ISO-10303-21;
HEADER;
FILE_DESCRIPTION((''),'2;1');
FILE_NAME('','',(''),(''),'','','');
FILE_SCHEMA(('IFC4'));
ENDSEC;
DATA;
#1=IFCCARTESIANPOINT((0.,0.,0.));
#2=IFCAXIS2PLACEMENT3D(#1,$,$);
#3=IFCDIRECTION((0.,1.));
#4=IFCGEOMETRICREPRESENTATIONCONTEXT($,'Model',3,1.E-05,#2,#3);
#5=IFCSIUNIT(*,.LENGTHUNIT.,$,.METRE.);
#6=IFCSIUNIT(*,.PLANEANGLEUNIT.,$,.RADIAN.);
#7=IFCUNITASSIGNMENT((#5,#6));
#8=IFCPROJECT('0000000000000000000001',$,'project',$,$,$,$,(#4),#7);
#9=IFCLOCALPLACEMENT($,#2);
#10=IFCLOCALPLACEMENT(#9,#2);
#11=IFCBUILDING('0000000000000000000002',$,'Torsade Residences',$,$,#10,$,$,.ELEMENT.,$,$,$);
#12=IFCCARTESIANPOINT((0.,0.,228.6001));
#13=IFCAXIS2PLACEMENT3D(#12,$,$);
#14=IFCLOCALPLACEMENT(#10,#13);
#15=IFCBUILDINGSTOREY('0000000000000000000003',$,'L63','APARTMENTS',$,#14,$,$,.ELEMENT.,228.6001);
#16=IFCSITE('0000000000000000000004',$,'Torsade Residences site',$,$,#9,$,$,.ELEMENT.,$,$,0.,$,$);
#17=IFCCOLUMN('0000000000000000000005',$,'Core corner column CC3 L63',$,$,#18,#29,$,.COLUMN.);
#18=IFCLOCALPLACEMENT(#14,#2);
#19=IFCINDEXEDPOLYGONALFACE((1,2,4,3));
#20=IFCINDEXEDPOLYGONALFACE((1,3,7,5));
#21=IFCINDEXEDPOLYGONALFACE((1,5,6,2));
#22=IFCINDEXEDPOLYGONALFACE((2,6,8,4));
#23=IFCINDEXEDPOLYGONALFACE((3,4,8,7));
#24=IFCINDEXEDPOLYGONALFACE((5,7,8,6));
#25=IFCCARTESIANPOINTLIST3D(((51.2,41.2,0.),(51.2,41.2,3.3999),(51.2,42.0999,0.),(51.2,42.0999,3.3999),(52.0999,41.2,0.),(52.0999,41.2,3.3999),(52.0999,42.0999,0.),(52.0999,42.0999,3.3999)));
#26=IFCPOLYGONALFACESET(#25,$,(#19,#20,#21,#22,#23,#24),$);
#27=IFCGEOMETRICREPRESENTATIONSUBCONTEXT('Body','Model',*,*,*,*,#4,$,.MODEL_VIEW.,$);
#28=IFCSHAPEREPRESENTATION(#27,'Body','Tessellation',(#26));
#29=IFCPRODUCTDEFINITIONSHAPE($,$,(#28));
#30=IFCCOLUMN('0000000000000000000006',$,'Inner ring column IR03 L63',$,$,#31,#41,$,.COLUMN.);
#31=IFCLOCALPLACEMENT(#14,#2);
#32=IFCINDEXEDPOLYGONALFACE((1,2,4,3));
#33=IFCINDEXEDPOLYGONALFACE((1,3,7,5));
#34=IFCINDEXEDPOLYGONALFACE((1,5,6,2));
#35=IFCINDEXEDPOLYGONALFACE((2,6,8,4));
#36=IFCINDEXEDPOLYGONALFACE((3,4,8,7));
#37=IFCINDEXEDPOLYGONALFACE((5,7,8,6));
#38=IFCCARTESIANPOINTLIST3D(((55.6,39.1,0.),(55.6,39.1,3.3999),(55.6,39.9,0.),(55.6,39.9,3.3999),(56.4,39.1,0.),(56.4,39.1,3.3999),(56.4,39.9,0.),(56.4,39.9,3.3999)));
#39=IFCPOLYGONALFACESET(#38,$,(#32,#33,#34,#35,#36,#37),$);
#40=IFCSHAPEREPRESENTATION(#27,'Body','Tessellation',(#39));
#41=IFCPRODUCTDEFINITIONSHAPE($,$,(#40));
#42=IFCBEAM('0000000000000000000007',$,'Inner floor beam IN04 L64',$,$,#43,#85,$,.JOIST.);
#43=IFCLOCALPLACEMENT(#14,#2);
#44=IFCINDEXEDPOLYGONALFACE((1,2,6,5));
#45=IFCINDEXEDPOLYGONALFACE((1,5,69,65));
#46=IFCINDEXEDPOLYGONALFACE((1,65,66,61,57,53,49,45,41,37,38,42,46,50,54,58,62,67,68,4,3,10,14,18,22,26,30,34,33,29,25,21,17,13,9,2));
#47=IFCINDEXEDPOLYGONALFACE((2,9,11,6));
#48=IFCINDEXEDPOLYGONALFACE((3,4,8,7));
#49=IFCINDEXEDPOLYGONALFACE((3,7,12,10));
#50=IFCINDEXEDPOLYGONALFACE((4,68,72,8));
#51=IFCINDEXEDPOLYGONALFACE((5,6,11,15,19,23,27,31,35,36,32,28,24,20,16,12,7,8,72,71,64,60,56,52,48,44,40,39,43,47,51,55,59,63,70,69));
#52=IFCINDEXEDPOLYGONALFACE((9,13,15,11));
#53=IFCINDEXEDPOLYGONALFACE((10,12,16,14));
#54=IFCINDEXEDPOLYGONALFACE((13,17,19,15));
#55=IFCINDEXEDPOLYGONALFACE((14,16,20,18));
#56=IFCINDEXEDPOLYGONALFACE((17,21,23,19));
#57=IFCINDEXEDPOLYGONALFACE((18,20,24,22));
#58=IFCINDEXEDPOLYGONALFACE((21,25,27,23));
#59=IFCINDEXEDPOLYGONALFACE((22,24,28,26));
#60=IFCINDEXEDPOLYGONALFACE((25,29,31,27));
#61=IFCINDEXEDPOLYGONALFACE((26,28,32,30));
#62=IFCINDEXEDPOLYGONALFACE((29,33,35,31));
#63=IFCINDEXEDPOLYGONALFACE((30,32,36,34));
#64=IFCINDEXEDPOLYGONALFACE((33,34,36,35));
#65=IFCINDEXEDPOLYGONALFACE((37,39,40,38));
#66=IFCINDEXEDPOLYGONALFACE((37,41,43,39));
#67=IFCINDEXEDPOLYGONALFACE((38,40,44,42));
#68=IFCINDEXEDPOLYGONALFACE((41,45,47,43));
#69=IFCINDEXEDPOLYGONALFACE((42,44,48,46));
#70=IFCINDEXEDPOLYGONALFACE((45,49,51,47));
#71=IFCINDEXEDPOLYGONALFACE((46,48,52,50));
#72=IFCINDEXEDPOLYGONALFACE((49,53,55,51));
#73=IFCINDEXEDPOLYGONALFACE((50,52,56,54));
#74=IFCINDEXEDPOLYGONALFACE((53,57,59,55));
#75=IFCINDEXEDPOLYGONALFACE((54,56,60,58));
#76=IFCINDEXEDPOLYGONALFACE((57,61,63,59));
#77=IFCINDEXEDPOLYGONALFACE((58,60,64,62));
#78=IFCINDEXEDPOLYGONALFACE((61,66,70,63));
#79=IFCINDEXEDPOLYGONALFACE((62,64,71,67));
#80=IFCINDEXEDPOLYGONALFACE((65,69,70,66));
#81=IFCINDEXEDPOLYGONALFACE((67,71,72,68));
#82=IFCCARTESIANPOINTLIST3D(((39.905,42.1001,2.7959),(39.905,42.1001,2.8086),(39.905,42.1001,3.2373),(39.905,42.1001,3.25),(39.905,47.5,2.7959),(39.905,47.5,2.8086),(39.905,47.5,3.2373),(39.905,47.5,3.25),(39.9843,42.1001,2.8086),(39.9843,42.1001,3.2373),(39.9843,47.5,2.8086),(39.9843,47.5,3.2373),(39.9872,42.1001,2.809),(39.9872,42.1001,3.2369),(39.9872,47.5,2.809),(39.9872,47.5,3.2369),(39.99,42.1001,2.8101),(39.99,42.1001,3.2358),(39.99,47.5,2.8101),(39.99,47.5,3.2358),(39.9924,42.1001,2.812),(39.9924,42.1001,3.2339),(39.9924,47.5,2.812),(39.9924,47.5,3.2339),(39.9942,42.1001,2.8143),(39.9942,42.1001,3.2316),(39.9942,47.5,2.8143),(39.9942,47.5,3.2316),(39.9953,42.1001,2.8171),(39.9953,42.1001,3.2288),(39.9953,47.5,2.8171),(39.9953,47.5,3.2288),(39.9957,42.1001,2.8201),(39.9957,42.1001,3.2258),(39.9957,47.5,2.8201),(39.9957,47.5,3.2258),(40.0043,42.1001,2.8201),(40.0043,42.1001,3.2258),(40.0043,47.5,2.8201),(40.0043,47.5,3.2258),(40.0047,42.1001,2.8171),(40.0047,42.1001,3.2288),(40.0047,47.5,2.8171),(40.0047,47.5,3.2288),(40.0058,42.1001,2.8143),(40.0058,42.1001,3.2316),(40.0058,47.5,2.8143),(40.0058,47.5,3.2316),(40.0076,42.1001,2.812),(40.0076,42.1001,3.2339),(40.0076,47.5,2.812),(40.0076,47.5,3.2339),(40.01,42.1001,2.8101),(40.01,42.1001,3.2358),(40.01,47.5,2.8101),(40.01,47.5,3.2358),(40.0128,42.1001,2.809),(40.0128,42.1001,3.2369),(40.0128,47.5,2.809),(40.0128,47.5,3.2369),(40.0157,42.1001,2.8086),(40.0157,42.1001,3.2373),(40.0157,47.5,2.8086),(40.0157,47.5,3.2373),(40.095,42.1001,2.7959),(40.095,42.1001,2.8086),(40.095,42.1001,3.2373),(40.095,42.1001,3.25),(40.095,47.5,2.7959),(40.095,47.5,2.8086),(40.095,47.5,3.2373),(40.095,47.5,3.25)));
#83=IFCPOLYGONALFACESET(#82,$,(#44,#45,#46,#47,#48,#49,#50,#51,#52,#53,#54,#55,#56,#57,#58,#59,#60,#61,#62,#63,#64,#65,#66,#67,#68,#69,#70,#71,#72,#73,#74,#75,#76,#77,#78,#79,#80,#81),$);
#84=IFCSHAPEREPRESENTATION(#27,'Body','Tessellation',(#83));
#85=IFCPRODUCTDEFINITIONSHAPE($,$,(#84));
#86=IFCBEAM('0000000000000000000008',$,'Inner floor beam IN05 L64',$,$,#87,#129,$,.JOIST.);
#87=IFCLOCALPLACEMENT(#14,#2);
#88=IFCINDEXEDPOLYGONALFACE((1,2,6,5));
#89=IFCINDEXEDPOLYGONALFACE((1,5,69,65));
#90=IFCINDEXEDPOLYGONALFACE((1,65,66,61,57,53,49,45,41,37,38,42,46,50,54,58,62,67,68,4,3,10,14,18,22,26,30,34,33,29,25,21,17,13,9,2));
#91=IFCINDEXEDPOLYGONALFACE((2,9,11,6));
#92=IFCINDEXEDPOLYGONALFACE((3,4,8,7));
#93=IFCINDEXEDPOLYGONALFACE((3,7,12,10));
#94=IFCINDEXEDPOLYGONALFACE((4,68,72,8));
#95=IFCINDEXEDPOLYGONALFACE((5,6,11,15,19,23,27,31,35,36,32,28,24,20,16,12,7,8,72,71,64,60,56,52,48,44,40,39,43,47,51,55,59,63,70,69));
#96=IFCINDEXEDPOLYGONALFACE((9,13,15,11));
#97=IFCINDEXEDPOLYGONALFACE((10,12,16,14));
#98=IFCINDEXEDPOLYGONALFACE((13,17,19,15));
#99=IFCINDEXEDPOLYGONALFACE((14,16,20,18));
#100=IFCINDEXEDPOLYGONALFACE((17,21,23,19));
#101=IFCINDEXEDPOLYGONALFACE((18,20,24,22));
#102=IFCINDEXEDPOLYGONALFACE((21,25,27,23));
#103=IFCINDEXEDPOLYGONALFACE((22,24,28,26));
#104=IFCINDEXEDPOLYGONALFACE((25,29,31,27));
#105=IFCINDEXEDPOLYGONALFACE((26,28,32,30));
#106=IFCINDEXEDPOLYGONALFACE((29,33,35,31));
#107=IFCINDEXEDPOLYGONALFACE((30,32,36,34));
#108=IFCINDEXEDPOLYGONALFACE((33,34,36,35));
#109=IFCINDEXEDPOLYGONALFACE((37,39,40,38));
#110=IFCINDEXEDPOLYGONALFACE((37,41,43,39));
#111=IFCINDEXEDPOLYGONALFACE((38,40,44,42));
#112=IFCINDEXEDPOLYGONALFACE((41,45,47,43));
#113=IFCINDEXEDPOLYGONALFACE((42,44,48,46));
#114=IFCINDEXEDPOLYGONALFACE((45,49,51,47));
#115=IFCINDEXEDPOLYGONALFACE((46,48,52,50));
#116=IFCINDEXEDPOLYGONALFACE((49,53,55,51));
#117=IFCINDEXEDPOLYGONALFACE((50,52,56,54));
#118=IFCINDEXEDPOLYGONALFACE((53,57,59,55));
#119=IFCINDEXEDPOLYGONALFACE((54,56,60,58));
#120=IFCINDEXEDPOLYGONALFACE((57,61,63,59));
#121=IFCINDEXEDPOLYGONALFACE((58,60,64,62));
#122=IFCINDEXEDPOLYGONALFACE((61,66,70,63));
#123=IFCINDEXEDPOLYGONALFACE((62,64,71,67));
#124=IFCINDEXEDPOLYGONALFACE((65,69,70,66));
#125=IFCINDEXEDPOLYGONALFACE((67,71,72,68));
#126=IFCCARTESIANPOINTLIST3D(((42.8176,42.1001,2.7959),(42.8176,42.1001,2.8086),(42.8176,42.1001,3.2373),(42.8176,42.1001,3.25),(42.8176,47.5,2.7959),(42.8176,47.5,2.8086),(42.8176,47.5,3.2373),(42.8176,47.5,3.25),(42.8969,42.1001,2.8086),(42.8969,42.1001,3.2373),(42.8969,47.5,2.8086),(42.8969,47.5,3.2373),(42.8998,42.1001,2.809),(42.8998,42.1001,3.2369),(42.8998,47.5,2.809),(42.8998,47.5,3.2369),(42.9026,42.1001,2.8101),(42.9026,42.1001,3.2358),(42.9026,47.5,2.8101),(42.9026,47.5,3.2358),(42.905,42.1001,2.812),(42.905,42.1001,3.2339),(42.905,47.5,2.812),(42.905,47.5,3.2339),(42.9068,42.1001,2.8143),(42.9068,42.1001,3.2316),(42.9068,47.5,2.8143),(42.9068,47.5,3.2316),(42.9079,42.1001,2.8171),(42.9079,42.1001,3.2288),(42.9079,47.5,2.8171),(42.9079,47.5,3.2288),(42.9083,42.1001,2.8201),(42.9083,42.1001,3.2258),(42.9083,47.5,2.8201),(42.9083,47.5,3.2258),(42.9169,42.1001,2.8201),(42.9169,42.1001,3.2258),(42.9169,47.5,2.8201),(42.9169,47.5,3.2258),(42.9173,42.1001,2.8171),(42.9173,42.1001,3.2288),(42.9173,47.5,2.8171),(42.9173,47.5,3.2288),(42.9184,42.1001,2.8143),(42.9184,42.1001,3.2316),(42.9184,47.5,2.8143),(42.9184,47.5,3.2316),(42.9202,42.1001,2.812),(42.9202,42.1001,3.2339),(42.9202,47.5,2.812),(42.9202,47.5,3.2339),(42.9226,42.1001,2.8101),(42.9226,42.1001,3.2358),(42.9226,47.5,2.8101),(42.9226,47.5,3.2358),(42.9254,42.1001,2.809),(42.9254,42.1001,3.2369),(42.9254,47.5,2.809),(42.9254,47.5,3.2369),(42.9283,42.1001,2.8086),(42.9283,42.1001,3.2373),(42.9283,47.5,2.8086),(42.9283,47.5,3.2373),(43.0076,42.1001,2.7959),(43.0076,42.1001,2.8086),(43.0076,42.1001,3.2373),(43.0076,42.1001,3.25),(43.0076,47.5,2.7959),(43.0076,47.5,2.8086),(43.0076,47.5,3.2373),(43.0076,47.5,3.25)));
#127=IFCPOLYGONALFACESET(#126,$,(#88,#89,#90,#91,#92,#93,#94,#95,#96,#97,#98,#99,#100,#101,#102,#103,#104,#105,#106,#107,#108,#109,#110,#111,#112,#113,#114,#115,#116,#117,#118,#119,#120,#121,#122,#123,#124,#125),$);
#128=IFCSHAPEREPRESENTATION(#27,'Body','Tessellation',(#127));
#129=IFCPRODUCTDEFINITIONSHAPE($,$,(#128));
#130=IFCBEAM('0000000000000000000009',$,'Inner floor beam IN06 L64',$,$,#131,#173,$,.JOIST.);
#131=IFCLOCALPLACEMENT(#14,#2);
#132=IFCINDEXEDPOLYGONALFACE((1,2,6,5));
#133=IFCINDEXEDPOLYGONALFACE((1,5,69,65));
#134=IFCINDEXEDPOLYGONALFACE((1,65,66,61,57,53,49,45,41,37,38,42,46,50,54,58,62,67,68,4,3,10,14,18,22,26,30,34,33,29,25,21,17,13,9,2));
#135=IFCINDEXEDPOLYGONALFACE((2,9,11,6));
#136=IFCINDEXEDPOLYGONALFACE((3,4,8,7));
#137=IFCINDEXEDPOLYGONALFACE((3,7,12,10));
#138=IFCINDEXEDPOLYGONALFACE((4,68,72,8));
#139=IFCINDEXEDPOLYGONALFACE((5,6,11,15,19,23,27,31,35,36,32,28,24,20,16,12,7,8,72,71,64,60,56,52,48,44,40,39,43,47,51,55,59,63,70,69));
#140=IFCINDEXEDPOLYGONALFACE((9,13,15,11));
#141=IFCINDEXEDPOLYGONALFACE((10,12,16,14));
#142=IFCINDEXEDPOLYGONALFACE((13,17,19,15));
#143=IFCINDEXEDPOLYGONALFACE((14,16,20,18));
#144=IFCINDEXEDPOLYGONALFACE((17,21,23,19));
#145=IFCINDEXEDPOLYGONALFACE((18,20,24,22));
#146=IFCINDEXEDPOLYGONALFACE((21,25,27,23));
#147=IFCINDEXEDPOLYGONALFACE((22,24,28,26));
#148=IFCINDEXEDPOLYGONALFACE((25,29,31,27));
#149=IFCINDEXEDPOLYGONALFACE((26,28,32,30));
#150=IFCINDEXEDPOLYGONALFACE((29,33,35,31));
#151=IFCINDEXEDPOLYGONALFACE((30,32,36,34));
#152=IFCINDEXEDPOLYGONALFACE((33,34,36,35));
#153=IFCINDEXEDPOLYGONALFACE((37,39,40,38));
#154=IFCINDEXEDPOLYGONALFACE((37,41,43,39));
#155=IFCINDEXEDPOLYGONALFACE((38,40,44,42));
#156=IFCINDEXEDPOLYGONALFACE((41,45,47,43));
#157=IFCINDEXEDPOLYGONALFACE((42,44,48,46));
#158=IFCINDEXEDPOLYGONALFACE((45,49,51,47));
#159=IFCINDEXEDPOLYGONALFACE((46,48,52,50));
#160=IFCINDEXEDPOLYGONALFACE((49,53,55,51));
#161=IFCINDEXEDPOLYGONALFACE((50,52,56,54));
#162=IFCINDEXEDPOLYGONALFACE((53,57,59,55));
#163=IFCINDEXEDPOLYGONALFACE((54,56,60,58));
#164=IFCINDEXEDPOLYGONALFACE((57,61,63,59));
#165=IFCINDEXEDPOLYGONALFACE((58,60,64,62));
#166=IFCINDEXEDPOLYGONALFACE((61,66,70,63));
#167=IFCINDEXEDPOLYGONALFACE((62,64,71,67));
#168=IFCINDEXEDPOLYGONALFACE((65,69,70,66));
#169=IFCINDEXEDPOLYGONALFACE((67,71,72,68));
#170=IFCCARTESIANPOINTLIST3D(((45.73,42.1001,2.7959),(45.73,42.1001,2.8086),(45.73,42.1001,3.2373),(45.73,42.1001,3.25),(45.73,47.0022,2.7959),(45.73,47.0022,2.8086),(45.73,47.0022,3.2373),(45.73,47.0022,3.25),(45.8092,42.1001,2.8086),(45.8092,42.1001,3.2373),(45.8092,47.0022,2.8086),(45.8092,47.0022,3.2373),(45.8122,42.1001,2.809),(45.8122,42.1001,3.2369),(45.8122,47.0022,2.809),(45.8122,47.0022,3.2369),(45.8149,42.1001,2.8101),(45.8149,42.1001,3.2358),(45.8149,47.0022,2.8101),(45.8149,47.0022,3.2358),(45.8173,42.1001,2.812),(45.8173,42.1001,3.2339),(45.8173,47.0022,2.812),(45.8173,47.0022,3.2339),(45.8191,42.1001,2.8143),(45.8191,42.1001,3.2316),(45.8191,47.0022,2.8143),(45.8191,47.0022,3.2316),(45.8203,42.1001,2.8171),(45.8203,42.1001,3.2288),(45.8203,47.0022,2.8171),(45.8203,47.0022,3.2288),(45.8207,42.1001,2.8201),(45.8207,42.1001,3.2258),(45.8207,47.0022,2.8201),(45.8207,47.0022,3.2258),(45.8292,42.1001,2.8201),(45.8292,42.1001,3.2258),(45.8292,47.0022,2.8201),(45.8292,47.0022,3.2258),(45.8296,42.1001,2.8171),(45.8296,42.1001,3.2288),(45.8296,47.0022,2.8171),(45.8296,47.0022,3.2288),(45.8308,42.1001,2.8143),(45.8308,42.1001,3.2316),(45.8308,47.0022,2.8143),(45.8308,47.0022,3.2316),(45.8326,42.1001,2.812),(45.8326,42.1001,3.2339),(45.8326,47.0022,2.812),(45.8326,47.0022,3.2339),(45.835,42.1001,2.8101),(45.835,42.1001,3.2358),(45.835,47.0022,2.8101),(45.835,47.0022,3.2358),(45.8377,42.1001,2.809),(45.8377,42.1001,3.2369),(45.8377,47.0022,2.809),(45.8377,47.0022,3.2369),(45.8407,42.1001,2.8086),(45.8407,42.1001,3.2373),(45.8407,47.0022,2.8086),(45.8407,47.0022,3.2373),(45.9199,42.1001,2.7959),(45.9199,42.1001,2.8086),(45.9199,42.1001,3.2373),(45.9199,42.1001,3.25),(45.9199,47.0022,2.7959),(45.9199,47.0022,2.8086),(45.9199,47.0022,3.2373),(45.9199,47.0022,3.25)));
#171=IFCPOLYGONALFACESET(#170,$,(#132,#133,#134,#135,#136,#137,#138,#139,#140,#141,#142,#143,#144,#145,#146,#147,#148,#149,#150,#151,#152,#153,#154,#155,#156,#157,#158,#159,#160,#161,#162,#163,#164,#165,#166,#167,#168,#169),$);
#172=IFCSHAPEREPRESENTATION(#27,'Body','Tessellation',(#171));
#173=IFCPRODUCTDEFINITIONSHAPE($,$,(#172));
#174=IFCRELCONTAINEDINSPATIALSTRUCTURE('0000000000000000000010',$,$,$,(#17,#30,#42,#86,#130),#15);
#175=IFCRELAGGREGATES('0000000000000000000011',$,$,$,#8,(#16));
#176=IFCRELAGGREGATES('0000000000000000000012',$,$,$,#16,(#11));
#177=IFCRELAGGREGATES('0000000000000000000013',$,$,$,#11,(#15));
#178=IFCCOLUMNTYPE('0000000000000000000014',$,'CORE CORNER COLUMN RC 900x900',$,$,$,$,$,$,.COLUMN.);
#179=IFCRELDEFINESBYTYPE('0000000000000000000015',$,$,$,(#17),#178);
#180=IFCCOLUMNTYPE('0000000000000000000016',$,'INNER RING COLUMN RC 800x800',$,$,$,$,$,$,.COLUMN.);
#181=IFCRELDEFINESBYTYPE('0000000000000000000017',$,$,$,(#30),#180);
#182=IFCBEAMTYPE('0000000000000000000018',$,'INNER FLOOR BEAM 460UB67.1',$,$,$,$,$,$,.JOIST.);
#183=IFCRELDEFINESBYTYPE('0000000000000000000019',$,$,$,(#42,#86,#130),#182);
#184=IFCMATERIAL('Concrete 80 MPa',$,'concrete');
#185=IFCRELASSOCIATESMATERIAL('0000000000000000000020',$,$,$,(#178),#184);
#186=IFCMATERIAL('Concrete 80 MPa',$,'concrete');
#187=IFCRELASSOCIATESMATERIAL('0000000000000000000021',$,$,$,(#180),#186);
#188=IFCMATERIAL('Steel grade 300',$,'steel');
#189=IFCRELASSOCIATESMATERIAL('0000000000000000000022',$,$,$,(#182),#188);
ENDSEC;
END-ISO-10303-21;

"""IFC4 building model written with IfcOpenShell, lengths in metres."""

from ifc_helpers import new_model, si_unit, direction, frame, origin, origin_2d, place, context, subcontext, project, spatial, rectangle, i_section, extrude, material, material_profile, profile_set, type_object, element, save


model = new_model("IFC4")

# Units and contexts
model_context = context("Model", 3, precision=1e-05, world=origin(), true_north=direction((0.0, 1.0)))
body_context = subcontext(model_context, "Body", "Model", "MODEL_VIEW")
ifc_project = project(units=[si_unit("LENGTHUNIT", "METRE"), si_unit("PLANEANGLEUNIT", "RADIAN")], contexts=[model_context])

# Site, building, storey
site_placement = place(None, origin())
site = spatial("IfcSite", under=ifc_project, at=site_placement, Name="Torsade Residences site", CompositionType="ELEMENT", RefElevation=0.0)
building_placement = place(site_placement, origin())
building = spatial("IfcBuilding", under=site, at=building_placement, Name="Torsade Residences", CompositionType="ELEMENT")
storey_placement = place(building_placement, frame((0.0, 0.0, 228.6001)))
storey = spatial("IfcBuildingStorey", under=building, at=storey_placement, Name="L63", Description="APARTMENTS", CompositionType="ELEMENT", Elevation=228.6001)

# Columns
ifc_material_1 = material(Name="Concrete 80 MPa", Category="concrete")
ifc_material_profile_1 = material_profile(ifc_material_1, rectangle(XDim=0.8999, YDim=0.8999, at=origin_2d()), Name="RC 900x900")
ifc_profile_set_1 = profile_set([ifc_material_profile_1], Name="Concrete 80 MPa")
column_type_1 = type_object("IfcColumnType", Name="CORE CORNER COLUMN RC 900x900", PredefinedType="COLUMN", material=ifc_profile_set_1)
column_1_placement = place(storey_placement, frame((51.6499, 41.6499, 0.0), z_axis=(0.0, 0.0, 1.0), x_axis=(1.0, 0.0, 0.0)))
element("IfcColumn", 1, at=column_1_placement, inside=storey, type_object=column_type_1, Name="Core corner column CC3 L63", PredefinedType="COLUMN", context=body_context, shape_type="SweptSolid", body=[
    extrude(rectangle(XDim=0.8999, YDim=0.8999, at=origin_2d()), origin(), (0.0, 0.0, 1.0), 3.3999),
])
ifc_material_2 = material(Name="Concrete 80 MPa", Category="concrete")
ifc_material_profile_2 = material_profile(ifc_material_2, rectangle(XDim=0.8, YDim=0.8, at=origin_2d()), Name="RC 800x800")
ifc_profile_set_2 = profile_set([ifc_material_profile_2], Name="Concrete 80 MPa")
column_type_2 = type_object("IfcColumnType", Name="INNER RING COLUMN RC 800x800", PredefinedType="COLUMN", material=ifc_profile_set_2)
column_2_placement = place(storey_placement, frame((56.0, 39.5, 0.0), z_axis=(0.0, 0.0, 1.0), x_axis=(1.0, 0.0, 0.0)))
element("IfcColumn", 2, at=column_2_placement, inside=storey, type_object=column_type_2, Name="Inner ring column IR03 L63", PredefinedType="COLUMN", context=body_context, shape_type="SweptSolid", body=[
    extrude(rectangle(XDim=0.8, YDim=0.8, at=origin_2d()), origin(), (0.0, 0.0, 1.0), 3.3999),
])

# Beams
ifc_material_3 = material(Name="Steel grade 300", Category="steel")
ifc_material_profile_3 = material_profile(ifc_material_3, i_section(OverallWidth=0.1899, OverallDepth=0.4541, WebThickness=0.0085, FlangeThickness=0.0127, FilletRadius=0.0115, at=origin_2d()), Name="460UB67.1")
ifc_profile_set_3 = profile_set([ifc_material_profile_3], Name="Steel grade 300")
beam_type_1 = type_object("IfcBeamType", Name="INNER FLOOR BEAM 460UB67.1", PredefinedType="JOIST", material=ifc_profile_set_3)
for number, where, z_axis, x_axis, name in (
    (3, (40.0, 42.1001, 3.0229), (0.0, 1.0, 0.0), (-1.0, 0.0, 0.0), "Inner floor beam IN04 L64"),
    (4, (42.9126, 42.1001, 3.0229), (0.0, 1.0, 0.0), (-1.0, 0.0, 0.0), "Inner floor beam IN05 L64"),
):
    element("IfcBeam", number, at=place(storey_placement, frame(where, z_axis=z_axis, x_axis=x_axis)), inside=storey, type_object=beam_type_1, Name=name, PredefinedType="JOIST", context=body_context, shape_type="SweptSolid", body=[
        extrude(i_section(OverallWidth=0.1899, OverallDepth=0.4541, WebThickness=0.0085, FlangeThickness=0.0127, FilletRadius=0.0115, at=origin_2d()), origin(), (0.0, 0.0, 1.0), 5.3999),
    ])
beam_1_placement = place(storey_placement, frame((45.825, 42.1001, 3.0229), z_axis=(0.0, 1.0, 0.0), x_axis=(-1.0, 0.0, 0.0)))
element("IfcBeam", 5, at=beam_1_placement, inside=storey, type_object=beam_type_1, Name="Inner floor beam IN06 L64", PredefinedType="JOIST", context=body_context, shape_type="SweptSolid", body=[
    extrude(i_section(OverallWidth=0.1899, OverallDepth=0.4541, WebThickness=0.0085, FlangeThickness=0.0127, FilletRadius=0.0115, at=origin_2d()), origin(), (0.0, 0.0, 1.0), 4.9021),
])

save(model, "model.ifc")
